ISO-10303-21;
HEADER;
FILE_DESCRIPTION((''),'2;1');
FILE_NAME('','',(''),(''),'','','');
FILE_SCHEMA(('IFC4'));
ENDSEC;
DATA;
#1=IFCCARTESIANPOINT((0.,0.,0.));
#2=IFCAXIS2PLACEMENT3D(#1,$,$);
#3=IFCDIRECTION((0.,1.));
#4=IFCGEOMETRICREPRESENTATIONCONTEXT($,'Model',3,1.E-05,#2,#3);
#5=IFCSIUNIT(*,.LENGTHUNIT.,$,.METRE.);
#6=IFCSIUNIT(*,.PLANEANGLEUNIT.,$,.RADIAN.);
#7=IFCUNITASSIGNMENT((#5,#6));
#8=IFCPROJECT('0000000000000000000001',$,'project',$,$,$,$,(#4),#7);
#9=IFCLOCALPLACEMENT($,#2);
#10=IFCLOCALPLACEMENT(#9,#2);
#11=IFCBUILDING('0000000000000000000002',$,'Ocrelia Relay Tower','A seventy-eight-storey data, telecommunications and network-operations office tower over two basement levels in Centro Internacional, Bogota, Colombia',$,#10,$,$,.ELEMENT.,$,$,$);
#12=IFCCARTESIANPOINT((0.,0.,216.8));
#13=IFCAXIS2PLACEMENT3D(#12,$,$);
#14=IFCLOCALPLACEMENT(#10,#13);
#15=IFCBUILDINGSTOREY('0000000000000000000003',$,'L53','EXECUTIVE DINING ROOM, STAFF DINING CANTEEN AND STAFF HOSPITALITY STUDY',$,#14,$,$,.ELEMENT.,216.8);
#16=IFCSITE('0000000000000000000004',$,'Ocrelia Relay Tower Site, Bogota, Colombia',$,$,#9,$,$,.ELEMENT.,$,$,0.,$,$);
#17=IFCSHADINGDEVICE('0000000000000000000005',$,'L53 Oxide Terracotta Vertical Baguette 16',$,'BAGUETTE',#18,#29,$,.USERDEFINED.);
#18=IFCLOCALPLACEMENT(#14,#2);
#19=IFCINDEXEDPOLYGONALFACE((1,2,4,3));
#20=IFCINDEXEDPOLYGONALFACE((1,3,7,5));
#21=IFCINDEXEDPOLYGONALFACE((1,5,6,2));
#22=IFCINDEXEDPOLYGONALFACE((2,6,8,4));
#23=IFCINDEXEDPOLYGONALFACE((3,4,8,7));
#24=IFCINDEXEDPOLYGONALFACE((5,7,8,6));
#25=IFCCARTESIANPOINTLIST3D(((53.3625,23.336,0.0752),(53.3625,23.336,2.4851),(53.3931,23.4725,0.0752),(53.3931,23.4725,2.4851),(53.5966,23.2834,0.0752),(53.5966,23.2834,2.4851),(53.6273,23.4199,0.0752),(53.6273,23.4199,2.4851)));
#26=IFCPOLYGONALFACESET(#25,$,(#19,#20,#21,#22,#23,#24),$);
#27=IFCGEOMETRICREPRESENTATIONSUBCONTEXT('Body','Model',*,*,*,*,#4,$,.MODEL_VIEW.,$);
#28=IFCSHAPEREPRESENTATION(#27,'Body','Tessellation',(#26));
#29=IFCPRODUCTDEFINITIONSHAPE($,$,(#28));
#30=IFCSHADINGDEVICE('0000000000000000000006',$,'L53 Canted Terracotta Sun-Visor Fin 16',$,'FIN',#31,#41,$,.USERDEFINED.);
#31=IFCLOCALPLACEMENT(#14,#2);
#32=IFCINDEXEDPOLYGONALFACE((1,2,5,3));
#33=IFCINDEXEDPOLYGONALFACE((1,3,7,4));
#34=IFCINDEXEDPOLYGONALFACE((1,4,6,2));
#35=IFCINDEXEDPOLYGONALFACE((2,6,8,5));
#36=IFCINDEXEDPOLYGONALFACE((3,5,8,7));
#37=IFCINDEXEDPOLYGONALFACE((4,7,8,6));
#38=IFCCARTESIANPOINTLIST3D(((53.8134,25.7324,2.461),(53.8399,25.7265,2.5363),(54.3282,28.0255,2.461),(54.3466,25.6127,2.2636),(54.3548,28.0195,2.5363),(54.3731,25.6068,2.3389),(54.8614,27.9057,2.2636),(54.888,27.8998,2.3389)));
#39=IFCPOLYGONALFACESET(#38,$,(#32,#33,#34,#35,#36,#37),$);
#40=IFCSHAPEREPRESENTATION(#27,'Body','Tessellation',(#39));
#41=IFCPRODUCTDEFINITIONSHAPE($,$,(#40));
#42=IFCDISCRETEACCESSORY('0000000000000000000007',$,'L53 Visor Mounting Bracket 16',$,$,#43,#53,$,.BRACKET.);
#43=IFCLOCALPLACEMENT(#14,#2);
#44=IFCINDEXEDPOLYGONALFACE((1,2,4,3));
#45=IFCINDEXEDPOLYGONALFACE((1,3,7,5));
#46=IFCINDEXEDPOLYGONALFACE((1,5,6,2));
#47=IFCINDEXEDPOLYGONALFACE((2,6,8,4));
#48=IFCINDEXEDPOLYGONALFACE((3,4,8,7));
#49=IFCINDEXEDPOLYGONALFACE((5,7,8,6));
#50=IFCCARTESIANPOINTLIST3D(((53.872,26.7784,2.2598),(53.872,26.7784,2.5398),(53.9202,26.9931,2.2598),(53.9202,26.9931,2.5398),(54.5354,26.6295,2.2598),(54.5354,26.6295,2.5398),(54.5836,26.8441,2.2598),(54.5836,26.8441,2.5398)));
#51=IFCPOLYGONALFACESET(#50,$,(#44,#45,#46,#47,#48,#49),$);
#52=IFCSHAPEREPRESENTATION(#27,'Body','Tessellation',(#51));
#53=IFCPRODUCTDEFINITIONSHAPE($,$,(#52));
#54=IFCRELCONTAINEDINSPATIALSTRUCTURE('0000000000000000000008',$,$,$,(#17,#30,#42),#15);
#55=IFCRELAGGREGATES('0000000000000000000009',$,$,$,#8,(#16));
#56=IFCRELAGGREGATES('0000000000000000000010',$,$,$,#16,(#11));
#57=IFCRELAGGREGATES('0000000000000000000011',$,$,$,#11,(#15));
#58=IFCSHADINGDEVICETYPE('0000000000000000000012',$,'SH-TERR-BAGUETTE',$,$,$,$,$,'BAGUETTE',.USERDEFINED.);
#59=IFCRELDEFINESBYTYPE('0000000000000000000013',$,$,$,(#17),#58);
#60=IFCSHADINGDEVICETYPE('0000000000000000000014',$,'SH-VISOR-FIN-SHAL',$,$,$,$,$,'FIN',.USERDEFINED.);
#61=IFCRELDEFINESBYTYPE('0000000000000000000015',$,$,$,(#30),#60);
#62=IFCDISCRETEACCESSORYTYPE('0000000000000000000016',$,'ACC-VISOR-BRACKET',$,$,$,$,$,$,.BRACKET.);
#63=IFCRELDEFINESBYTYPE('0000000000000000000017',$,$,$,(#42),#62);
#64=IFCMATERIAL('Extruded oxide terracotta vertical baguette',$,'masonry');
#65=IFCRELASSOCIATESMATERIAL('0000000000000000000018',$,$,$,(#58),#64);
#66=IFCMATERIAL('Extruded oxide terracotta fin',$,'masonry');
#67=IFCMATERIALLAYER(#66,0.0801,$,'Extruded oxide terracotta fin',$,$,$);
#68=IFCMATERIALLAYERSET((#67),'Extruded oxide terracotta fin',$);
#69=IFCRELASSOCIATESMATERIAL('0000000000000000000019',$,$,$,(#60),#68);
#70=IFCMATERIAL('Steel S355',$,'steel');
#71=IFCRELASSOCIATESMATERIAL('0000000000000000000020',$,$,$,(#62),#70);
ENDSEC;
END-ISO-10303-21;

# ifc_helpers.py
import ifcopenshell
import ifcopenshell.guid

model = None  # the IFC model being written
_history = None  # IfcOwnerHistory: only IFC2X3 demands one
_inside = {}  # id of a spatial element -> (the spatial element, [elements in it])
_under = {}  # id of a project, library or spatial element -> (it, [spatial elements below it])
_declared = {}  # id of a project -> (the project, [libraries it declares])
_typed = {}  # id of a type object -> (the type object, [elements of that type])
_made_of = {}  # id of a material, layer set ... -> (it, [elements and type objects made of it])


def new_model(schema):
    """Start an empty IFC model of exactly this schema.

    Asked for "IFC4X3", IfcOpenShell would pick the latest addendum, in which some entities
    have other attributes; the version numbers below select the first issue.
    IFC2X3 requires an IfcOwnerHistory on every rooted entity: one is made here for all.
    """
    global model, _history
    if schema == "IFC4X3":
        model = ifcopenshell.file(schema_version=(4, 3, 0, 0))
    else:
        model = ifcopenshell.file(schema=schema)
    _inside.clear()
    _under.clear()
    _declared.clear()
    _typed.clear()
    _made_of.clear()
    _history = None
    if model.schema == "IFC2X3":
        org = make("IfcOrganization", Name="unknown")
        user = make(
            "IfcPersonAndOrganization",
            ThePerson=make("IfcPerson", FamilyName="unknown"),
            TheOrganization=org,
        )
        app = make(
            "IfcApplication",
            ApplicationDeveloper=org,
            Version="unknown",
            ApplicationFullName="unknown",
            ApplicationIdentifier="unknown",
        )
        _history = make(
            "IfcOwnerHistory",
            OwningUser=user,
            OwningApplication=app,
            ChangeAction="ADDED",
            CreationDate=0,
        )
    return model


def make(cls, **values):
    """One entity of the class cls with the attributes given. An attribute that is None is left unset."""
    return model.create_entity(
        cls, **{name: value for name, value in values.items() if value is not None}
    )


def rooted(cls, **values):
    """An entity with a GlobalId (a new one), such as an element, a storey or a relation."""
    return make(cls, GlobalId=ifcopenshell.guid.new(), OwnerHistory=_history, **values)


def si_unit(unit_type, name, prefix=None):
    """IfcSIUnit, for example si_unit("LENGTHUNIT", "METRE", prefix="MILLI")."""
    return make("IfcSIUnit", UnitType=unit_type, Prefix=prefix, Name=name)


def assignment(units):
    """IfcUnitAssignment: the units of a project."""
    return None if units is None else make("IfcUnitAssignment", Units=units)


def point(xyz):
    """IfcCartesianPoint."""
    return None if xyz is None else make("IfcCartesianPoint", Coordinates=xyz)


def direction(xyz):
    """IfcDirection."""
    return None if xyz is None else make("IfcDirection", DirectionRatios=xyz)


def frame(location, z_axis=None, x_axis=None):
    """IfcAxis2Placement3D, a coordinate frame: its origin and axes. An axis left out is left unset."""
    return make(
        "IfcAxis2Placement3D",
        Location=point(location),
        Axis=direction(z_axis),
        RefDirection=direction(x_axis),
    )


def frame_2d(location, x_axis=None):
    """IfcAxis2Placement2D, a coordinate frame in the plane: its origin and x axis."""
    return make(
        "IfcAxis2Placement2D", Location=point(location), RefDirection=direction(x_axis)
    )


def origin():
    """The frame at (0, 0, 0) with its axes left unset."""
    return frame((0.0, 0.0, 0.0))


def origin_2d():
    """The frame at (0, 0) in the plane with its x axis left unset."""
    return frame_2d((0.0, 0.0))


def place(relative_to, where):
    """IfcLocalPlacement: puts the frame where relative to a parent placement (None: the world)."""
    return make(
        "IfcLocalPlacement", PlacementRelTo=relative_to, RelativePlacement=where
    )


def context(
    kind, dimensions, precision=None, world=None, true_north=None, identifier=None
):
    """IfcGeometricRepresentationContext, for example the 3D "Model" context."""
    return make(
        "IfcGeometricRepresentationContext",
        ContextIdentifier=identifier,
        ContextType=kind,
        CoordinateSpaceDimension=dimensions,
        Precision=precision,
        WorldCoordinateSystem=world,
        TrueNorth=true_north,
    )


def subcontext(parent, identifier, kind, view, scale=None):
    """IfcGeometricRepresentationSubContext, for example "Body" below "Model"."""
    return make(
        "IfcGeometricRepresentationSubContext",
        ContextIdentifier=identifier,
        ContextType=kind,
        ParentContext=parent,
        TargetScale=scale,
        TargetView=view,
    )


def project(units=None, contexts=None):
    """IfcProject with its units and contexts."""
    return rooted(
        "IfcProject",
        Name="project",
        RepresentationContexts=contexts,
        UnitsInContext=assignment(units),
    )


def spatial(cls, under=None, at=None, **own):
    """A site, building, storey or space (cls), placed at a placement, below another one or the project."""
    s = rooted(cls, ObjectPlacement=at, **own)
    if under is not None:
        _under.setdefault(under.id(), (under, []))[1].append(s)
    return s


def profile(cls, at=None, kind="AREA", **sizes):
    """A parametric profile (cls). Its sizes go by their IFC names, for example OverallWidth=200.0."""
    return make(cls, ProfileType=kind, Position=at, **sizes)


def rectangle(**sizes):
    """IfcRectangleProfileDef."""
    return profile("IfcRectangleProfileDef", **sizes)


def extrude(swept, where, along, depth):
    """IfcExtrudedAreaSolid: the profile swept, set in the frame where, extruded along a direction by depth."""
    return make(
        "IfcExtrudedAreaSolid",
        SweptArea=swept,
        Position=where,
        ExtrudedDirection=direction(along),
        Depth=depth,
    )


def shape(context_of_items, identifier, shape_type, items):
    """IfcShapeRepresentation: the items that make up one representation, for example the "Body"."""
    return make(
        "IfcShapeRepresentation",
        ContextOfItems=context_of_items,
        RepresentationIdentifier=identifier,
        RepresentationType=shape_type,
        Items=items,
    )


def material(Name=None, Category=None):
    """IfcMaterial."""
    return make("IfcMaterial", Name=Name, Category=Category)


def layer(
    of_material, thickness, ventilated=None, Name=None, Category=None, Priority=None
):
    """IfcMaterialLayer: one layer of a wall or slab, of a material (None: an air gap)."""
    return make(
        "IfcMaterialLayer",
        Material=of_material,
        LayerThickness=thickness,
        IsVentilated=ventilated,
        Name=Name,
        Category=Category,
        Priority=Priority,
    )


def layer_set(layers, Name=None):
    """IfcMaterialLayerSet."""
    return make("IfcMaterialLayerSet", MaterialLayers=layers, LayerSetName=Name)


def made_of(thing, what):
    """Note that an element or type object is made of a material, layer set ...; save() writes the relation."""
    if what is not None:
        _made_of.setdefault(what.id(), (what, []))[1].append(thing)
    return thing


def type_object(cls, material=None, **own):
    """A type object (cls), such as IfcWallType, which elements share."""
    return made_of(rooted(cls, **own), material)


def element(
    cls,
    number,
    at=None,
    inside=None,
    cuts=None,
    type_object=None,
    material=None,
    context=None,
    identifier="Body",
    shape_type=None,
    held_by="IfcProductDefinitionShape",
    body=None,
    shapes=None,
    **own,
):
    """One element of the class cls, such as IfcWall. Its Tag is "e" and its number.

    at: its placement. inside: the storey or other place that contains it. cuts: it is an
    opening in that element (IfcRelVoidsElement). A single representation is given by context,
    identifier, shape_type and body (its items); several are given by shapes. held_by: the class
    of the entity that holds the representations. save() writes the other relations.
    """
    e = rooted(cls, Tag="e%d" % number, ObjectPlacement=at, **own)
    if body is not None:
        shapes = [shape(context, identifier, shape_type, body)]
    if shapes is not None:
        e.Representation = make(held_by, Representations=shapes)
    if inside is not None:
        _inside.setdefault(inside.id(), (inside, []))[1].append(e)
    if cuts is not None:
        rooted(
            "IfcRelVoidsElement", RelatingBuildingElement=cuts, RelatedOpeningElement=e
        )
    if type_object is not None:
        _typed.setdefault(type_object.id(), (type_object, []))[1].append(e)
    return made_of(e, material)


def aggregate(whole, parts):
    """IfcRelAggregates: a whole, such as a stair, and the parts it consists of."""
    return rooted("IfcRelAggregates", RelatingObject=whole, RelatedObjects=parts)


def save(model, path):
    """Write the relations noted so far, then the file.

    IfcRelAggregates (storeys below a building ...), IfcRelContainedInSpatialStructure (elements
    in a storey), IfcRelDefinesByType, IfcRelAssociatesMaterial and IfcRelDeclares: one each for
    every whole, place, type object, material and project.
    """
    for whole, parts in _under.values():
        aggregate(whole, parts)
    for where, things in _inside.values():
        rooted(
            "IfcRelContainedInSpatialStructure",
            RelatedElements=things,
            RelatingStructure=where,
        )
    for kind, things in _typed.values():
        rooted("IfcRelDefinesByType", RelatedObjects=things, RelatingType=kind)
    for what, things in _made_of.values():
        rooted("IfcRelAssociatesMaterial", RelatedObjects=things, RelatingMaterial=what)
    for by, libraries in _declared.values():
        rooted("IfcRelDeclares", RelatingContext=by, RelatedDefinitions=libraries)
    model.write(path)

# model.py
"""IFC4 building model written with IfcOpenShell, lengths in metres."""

from ifc_helpers import new_model, si_unit, direction, frame, origin, origin_2d, place, context, subcontext, project, spatial, rectangle, extrude, material, layer, layer_set, type_object, element, save


model = new_model("IFC4")

# Units and contexts
model_context = context("Model", 3, precision=1e-05, world=origin(), true_north=direction((0.0, 1.0)))
body_context = subcontext(model_context, "Body", "Model", "MODEL_VIEW")
ifc_project = project(units=[si_unit("LENGTHUNIT", "METRE"), si_unit("PLANEANGLEUNIT", "RADIAN")], contexts=[model_context])

# Site, building, storey
site_placement = place(None, origin())
site = spatial("IfcSite", under=ifc_project, at=site_placement, Name="Ocrelia Relay Tower Site, Bogota, Colombia", CompositionType="ELEMENT", RefElevation=0.0)
building_placement = place(site_placement, origin())
building = spatial("IfcBuilding", under=site, at=building_placement, Name="Ocrelia Relay Tower", Description="A seventy-eight-storey data, telecommunications and network-operations office tower over two basement levels in Centro Internacional, Bogota, Colombia", CompositionType="ELEMENT")
storey_placement = place(building_placement, frame((0.0, 0.0, 216.8)))
storey = spatial("IfcBuildingStorey", under=building, at=storey_placement, Name="L53", Description="EXECUTIVE DINING ROOM, STAFF DINING CANTEEN AND STAFF HOSPITALITY STUDY", CompositionType="ELEMENT", Elevation=216.8)

# Shared definitions
ifc_material_1 = material(Name="Steel S355", Category="steel")

# Shading devices
ifc_material_2 = material(Name="Extruded oxide terracotta vertical baguette", Category="masonry")
shading_device_type_1 = type_object("IfcShadingDeviceType", Name="SH-TERR-BAGUETTE", ElementType="BAGUETTE", PredefinedType="USERDEFINED", material=ifc_material_2)
shading_device_1_placement = place(storey_placement, frame((53.4949, 23.3779, 0.0752), z_axis=(0.0, 0.0, 1.0), x_axis=(0.219071, 0.975709, 0.0)))
element("IfcShadingDevice", 1, at=shading_device_1_placement, inside=storey, type_object=shading_device_type_1, Name="L53 Oxide Terracotta Vertical Baguette 16", ObjectType="BAGUETTE", PredefinedType="USERDEFINED", context=body_context, shape_type="SweptSolid", body=[
    extrude(rectangle(XDim=0.1399, YDim=0.24, at=origin_2d()), origin(), (0.0, 0.0, 1.0), 2.4099),
])
ifc_material_3 = material(Name="Extruded oxide terracotta fin", Category="masonry")
ifc_layer_1 = layer(ifc_material_3, 0.0801, Name="Extruded oxide terracotta fin")
ifc_layer_set_1 = layer_set([ifc_layer_1], Name="Extruded oxide terracotta fin")
shading_device_type_2 = type_object("IfcShadingDeviceType", Name="SH-VISOR-FIN-SHAL", ElementType="FIN", PredefinedType="USERDEFINED", material=ifc_layer_set_1)
shading_device_2_placement = place(storey_placement, frame((54.3374, 26.8191, 2.3623), z_axis=(0.331471, -0.074424, 0.940526), x_axis=(0.219071, 0.975709, 0.0)))
element("IfcShadingDevice", 2, at=shading_device_2_placement, inside=storey, type_object=shading_device_type_2, Name="L53 Canted Terracotta Sun-Visor Fin 16", ObjectType="FIN", PredefinedType="USERDEFINED", context=body_context, shape_type="SweptSolid", body=[
    extrude(rectangle(XDim=2.3501, YDim=0.5811, at=origin_2d()), origin(), (0.0, 0.0, 1.0), 0.0801),
])

# Discrete accessory
discrete_accessory_type = type_object("IfcDiscreteAccessoryType", Name="ACC-VISOR-BRACKET", PredefinedType="BRACKET", material=ifc_material_1)
discrete_accessory_placement = place(storey_placement, frame((54.2278, 26.8113, 2.2598), z_axis=(0.0, 0.0, 1.0), x_axis=(0.219071, 0.975709, 0.0)))
element("IfcDiscreteAccessory", 3, at=discrete_accessory_placement, inside=storey, type_object=discrete_accessory_type, Name="L53 Visor Mounting Bracket 16", PredefinedType="BRACKET", context=body_context, shape_type="SweptSolid", body=[
    extrude(rectangle(XDim=0.22, YDim=0.6799, at=origin_2d()), origin(), (0.0, 0.0, 1.0), 0.28),
])

save(model, "model.ifc")
